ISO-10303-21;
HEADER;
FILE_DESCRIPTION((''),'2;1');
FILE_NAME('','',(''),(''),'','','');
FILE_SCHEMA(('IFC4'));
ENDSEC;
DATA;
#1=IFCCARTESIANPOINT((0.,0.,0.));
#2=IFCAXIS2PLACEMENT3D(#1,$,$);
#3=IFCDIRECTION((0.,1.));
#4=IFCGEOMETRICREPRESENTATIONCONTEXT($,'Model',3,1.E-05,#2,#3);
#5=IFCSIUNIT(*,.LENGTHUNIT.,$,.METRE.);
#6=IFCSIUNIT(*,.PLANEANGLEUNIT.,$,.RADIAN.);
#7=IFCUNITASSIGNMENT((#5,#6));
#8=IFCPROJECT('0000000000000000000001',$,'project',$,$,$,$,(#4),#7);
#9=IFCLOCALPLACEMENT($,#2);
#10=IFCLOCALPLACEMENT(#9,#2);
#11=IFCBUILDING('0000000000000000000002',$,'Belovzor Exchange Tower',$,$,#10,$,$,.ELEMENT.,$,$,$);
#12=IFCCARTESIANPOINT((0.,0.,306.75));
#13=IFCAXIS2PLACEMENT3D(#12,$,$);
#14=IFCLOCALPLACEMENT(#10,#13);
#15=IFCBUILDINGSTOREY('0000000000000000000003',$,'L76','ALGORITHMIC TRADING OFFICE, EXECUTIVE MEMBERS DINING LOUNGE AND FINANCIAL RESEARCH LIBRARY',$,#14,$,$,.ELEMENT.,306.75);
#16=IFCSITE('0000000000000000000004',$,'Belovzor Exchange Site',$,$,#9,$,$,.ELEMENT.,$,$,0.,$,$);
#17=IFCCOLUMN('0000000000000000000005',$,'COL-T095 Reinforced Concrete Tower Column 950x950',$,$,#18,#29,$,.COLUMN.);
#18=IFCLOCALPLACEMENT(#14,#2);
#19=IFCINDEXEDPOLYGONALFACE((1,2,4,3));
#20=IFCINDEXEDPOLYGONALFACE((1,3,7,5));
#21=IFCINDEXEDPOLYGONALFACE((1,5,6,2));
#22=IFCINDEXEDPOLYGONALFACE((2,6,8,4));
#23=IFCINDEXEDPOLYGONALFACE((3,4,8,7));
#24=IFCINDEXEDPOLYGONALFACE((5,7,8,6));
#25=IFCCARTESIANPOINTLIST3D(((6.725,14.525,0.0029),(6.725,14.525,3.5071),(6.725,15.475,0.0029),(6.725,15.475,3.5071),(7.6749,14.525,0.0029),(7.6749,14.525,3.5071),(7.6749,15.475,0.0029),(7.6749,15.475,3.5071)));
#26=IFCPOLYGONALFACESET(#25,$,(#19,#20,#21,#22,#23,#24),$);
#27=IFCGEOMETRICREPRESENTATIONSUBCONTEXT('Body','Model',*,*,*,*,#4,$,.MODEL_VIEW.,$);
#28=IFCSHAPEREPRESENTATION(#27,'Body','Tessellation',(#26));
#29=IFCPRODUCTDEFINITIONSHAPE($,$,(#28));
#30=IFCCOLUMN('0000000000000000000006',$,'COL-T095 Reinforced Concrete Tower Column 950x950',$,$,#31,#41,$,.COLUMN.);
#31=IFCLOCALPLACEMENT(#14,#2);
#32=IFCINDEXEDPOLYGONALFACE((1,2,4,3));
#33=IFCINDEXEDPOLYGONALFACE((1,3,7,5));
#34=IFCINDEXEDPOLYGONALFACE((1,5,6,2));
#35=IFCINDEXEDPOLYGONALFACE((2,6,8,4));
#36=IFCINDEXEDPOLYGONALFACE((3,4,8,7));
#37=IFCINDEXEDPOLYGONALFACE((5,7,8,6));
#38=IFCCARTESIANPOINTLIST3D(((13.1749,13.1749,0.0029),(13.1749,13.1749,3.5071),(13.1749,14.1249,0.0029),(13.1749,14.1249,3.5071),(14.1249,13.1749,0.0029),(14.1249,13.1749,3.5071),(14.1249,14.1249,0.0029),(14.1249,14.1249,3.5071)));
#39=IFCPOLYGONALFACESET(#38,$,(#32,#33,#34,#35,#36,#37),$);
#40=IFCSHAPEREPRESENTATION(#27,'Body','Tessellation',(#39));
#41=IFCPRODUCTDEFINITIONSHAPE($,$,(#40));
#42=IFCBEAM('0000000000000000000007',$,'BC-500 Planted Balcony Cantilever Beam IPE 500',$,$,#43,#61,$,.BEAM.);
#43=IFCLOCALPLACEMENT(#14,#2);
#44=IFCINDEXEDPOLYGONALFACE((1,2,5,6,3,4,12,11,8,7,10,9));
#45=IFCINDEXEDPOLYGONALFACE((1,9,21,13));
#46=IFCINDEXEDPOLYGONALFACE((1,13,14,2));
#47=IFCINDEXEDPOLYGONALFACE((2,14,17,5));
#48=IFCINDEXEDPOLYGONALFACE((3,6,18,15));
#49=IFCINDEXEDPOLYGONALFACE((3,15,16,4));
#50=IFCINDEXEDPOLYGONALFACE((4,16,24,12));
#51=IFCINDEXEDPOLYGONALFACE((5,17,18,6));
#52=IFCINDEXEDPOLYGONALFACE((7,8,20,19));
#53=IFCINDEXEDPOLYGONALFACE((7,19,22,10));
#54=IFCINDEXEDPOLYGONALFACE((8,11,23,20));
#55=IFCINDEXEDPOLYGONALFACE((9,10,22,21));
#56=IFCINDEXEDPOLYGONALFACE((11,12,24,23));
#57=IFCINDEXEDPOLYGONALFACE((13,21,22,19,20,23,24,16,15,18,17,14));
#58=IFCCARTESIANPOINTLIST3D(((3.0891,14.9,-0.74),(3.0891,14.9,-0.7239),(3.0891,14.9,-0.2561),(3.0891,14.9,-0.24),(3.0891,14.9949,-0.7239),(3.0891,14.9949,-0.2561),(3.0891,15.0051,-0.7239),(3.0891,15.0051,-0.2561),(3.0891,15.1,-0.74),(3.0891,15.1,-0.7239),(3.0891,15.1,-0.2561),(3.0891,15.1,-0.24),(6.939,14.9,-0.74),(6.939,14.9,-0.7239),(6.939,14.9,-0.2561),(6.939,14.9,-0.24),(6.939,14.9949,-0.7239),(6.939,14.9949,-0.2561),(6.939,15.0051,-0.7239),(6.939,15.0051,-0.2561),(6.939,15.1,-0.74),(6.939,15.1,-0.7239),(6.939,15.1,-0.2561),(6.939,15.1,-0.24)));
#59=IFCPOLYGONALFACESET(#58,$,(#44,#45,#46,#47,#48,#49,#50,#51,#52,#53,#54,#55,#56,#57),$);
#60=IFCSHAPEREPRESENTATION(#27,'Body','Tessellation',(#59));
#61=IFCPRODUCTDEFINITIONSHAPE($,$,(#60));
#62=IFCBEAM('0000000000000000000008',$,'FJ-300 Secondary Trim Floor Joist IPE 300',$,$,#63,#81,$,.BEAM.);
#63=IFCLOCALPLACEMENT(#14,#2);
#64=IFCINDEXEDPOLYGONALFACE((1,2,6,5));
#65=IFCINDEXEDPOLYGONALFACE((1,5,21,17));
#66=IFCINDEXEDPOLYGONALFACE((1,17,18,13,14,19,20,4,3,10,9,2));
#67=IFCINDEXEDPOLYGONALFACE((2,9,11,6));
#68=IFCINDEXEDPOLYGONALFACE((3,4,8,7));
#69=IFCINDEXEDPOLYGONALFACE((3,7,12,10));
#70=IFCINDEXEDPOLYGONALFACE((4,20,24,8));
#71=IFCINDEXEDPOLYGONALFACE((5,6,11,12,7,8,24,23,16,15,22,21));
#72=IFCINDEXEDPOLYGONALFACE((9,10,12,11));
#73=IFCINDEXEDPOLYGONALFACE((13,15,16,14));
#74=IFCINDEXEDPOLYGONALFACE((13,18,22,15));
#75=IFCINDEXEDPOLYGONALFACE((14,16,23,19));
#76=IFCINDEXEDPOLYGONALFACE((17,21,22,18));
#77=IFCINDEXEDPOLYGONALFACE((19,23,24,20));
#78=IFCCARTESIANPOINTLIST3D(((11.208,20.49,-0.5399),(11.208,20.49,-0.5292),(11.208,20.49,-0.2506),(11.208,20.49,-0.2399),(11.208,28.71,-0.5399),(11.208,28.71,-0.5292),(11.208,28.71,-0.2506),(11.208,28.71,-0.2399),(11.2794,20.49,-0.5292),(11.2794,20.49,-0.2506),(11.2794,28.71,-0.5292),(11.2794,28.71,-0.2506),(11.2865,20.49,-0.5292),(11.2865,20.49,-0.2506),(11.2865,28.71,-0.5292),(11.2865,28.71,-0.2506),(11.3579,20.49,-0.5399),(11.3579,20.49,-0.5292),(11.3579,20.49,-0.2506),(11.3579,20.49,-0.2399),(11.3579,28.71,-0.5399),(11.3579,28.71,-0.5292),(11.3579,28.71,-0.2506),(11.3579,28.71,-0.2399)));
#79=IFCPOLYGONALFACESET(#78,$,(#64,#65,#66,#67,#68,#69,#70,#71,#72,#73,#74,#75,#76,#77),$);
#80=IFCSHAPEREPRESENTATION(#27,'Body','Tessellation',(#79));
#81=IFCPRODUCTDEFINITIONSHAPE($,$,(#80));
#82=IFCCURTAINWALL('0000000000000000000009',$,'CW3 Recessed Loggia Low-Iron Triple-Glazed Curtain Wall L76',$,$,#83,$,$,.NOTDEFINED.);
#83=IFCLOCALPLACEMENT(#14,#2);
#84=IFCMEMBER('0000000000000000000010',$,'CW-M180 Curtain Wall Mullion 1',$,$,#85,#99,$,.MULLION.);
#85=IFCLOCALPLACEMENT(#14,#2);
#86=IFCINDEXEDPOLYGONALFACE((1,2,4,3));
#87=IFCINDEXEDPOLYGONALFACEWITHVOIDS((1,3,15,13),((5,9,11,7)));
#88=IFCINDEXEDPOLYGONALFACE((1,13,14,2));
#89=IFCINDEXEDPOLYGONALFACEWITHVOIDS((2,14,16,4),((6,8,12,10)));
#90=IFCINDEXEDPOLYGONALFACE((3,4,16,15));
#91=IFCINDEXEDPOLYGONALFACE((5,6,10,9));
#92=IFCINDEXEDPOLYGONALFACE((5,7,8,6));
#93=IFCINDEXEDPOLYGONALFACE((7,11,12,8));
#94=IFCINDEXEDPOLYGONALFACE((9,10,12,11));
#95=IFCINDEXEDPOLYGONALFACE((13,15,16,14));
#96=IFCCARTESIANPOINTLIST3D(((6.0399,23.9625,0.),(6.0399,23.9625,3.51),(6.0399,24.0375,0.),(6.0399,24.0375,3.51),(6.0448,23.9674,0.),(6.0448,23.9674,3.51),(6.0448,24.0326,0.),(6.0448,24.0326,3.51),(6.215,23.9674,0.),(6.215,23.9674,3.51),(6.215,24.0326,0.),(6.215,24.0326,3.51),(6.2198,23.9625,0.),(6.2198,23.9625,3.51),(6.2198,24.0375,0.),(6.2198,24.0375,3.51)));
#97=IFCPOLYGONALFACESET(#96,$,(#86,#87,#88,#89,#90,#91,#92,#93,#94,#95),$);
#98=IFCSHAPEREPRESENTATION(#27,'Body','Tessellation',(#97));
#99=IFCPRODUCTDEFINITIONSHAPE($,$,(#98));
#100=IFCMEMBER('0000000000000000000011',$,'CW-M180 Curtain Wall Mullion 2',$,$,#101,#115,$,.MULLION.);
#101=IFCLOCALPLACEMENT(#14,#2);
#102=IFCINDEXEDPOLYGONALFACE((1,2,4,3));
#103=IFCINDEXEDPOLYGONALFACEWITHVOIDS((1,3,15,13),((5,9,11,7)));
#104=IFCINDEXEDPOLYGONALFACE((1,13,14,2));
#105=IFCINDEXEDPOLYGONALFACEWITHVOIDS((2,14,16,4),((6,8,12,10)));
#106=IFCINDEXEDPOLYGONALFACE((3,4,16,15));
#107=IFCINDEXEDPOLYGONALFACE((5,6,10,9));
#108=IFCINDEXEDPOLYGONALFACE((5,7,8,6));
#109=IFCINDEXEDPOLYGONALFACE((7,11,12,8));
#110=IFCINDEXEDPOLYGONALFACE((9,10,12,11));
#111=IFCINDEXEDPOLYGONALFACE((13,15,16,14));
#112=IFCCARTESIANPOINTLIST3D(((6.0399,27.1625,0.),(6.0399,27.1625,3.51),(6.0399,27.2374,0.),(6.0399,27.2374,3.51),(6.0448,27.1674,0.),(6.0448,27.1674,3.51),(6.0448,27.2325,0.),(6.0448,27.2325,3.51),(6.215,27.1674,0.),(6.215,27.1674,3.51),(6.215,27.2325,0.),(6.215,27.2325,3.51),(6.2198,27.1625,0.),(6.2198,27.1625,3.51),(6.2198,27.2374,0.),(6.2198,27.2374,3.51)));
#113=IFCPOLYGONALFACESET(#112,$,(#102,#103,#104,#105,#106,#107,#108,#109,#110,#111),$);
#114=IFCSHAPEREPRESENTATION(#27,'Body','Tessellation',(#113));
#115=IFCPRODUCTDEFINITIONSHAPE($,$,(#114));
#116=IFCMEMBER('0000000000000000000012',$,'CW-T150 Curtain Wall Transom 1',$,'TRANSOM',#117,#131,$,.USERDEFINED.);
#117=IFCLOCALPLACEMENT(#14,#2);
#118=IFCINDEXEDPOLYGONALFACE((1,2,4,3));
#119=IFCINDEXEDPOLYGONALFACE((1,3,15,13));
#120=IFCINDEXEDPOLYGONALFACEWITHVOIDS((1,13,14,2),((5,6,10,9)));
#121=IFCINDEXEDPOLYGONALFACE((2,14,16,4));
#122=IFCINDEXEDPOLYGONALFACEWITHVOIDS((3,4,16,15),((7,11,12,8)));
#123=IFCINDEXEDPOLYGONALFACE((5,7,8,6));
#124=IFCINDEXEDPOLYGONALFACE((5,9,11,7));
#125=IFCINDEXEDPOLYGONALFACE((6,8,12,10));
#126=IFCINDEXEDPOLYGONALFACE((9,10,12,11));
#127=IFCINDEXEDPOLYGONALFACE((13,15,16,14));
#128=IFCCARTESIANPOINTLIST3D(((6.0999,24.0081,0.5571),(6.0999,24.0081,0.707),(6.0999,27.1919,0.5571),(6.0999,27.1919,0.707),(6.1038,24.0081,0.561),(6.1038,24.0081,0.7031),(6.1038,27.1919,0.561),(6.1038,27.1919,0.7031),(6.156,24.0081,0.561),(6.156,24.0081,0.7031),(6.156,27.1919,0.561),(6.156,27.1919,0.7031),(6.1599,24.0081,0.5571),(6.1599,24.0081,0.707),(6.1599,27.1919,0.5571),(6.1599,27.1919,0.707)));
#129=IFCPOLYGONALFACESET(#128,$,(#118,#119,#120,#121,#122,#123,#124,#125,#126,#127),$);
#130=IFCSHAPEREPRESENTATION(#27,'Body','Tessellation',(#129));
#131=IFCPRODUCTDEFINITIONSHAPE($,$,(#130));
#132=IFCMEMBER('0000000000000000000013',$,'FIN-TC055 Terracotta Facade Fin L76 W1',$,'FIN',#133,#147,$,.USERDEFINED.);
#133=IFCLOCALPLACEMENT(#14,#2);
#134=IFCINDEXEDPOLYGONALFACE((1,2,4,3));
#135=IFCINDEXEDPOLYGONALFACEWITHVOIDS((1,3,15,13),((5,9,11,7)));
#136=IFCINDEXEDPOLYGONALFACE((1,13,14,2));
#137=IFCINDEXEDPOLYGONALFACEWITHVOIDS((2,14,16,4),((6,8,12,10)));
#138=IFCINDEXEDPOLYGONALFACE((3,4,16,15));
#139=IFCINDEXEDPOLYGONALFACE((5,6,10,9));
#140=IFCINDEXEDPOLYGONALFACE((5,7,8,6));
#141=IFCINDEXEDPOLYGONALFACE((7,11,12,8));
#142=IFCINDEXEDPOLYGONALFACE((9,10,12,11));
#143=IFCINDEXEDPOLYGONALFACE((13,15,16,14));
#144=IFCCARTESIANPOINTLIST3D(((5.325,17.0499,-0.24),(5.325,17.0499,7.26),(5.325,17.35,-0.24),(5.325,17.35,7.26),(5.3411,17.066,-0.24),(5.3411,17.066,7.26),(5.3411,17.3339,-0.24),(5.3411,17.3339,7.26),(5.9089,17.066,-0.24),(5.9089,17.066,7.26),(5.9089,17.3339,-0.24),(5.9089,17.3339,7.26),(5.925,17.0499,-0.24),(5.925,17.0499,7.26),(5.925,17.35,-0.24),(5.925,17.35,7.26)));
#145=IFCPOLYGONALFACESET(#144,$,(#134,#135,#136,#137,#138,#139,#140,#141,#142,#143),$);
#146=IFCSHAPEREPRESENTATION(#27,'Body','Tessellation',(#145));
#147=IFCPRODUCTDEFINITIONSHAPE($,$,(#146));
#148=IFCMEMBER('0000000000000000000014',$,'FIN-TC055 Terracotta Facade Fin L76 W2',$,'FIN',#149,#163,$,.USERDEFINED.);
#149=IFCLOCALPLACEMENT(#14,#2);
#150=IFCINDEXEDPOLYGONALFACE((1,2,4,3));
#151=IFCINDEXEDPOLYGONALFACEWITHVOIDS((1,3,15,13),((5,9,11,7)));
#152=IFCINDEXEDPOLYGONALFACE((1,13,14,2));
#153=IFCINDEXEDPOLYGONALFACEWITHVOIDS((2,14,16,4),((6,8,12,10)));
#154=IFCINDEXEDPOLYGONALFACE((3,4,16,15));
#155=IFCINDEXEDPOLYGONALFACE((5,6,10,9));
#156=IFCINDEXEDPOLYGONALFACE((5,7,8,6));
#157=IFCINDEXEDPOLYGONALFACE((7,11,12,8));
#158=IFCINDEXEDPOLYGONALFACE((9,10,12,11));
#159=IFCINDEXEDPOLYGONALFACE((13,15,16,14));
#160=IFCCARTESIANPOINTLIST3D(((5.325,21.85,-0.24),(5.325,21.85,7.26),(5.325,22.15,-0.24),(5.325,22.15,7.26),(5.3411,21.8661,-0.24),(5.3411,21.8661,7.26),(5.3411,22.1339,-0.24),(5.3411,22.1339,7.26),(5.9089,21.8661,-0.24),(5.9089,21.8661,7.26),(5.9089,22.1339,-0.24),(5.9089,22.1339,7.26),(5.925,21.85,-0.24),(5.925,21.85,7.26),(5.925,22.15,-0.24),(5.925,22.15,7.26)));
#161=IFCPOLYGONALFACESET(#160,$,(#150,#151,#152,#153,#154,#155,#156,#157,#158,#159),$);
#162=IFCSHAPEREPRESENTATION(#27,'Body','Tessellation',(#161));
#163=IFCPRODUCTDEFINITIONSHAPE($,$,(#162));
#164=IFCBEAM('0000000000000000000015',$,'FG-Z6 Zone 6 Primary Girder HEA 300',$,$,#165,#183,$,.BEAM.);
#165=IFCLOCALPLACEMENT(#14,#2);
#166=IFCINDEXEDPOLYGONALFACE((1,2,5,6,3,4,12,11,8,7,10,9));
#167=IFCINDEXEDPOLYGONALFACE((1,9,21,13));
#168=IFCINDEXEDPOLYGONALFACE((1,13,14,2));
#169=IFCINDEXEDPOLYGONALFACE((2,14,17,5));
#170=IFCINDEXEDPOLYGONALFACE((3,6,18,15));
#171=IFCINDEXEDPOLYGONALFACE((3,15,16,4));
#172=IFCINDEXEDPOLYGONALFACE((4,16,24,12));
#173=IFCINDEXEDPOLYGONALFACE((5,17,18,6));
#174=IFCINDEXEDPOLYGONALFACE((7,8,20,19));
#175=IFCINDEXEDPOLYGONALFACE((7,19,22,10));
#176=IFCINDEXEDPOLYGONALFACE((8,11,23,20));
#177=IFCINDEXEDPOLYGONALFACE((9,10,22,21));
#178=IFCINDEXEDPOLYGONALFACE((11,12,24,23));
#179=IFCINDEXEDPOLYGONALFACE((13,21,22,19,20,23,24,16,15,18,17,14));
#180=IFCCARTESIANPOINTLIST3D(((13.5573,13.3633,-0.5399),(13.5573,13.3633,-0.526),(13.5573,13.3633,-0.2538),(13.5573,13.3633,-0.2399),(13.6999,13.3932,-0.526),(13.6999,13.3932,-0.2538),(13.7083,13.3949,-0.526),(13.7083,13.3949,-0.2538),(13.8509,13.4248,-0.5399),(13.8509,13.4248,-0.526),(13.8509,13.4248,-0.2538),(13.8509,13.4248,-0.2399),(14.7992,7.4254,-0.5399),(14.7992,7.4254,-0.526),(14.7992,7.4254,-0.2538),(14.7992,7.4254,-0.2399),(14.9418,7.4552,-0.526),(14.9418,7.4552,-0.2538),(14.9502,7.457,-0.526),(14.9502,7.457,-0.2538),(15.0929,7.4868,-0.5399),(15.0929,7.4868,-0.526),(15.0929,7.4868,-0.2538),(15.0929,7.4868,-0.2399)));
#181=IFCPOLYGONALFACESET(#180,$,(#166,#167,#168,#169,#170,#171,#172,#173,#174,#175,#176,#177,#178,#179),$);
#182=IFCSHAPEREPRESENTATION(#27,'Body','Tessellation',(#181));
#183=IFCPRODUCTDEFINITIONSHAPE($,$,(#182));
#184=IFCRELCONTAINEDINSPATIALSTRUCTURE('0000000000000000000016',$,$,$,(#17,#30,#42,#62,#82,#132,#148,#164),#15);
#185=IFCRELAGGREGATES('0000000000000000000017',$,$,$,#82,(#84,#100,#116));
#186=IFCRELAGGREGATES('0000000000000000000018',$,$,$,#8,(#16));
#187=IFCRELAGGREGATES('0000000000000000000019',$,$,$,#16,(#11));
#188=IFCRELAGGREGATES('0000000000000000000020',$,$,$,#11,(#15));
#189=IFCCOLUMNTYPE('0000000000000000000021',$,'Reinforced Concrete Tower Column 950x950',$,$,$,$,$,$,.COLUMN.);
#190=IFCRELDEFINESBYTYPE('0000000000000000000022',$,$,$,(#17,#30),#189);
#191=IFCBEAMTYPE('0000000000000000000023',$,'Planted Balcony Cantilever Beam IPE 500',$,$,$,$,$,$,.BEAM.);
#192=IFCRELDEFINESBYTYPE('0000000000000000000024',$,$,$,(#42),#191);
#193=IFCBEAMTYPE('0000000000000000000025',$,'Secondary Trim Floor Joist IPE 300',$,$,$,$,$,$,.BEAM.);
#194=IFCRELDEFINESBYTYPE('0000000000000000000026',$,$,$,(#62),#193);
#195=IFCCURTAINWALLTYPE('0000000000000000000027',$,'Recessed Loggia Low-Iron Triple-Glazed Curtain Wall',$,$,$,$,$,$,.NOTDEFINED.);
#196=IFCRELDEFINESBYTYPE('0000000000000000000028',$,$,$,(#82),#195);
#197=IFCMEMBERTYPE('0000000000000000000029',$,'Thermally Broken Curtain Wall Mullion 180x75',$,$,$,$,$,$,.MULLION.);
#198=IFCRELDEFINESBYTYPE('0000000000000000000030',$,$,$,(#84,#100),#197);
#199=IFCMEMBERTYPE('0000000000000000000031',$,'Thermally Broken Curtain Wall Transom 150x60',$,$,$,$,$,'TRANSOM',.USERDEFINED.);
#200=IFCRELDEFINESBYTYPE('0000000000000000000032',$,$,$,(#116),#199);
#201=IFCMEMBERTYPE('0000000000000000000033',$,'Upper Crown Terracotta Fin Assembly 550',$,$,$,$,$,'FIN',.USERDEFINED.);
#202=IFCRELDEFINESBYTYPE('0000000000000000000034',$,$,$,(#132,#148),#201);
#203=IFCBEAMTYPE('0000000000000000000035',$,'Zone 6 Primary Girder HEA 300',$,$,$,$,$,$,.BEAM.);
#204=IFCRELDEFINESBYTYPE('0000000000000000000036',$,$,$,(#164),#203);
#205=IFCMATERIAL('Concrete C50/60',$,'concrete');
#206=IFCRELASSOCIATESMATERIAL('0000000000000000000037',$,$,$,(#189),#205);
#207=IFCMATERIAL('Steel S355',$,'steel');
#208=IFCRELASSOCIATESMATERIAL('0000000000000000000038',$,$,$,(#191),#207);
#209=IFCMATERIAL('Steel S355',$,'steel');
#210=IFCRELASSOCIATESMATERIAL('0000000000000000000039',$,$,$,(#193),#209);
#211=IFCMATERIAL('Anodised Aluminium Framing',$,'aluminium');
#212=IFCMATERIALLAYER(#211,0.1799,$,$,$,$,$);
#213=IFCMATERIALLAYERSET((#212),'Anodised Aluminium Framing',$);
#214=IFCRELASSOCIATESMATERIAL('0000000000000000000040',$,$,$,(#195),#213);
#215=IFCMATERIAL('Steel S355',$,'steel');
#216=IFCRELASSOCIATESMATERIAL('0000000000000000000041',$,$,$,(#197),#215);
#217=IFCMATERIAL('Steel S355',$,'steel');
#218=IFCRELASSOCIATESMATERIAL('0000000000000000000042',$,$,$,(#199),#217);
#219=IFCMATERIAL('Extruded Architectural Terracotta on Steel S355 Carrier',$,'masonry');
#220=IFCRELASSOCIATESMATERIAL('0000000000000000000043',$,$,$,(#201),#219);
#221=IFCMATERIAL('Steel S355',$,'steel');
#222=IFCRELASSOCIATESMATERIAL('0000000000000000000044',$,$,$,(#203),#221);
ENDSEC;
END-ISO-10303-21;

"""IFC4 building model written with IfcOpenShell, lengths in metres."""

from ifc_helpers import new_model, si_unit, direction, frame, origin, origin_2d, place, context, subcontext, project, spatial, rectangle, hollow_rectangle, i_section, extrude, material, layer, layer_set, material_profile, profile_set, type_object, element, aggregate, save


model = new_model("IFC4")

# Units and contexts
model_context = context("Model", 3, precision=1e-05, world=origin(), true_north=direction((0.0, 1.0)))
body_context = subcontext(model_context, "Body", "Model", "MODEL_VIEW")
ifc_project = project(units=[si_unit("LENGTHUNIT", "METRE"), si_unit("PLANEANGLEUNIT", "RADIAN")], contexts=[model_context])

# Site, building, storey
site_placement = place(None, origin())
site = spatial("IfcSite", under=ifc_project, at=site_placement, Name="Belovzor Exchange Site", CompositionType="ELEMENT", RefElevation=0.0)
building_placement = place(site_placement, origin())
building = spatial("IfcBuilding", under=site, at=building_placement, Name="Belovzor Exchange Tower", CompositionType="ELEMENT")
storey_placement = place(building_placement, frame((0.0, 0.0, 306.75)))
storey = spatial("IfcBuildingStorey", under=building, at=storey_placement, Name="L76", Description="ALGORITHMIC TRADING OFFICE, EXECUTIVE MEMBERS DINING LOUNGE AND FINANCIAL RESEARCH LIBRARY", CompositionType="ELEMENT", Elevation=306.75)

# Columns
ifc_material_1 = material(Name="Concrete C50/60", Category="concrete")
ifc_material_profile_1 = material_profile(ifc_material_1, rectangle(XDim=0.95, YDim=0.95, at=origin_2d()))
ifc_profile_set_1 = profile_set([ifc_material_profile_1], Name="Concrete C50/60")
column_type = type_object("IfcColumnType", Name="Reinforced Concrete Tower Column 950x950", PredefinedType="COLUMN", material=ifc_profile_set_1)
for number, where, z_axis, x_axis, name in (
    (1, (7.2, 15.0, 0.0029), (0.0, 0.0, 1.0), (1.0, 0.0, 0.0), "COL-T095 Reinforced Concrete Tower Column 950x950"),
    (2, (13.6499, 13.6499, 0.0029), (0.0, 0.0, 1.0), (1.0, 0.0, 0.0), "COL-T095 Reinforced Concrete Tower Column 950x950"),
):
    element("IfcColumn", number, at=place(storey_placement, frame(where, z_axis=z_axis, x_axis=x_axis)), inside=storey, type_object=column_type, Name=name, PredefinedType="COLUMN", context=body_context, shape_type="SweptSolid", body=[
        extrude(rectangle(XDim=0.95, YDim=0.95, at=origin_2d()), origin(), (0.0, 0.0, 1.0), 3.5042),
    ])

# Beams
ifc_material_2 = material(Name="Steel S355", Category="steel")
ifc_material_profile_2 = material_profile(ifc_material_2, i_section(OverallWidth=0.2, OverallDepth=0.5, WebThickness=0.0103, FlangeThickness=0.0161, at=origin_2d()))
ifc_profile_set_2 = profile_set([ifc_material_profile_2], Name="Steel S355")
beam_type_1 = type_object("IfcBeamType", Name="Planted Balcony Cantilever Beam IPE 500", PredefinedType="BEAM", material=ifc_profile_set_2)
beam_1_placement = place(storey_placement, frame((6.939, 15.0, -0.49), z_axis=(-1.0, 0.0, 0.0), x_axis=(0.0, -1.0, 0.0)))
element("IfcBeam", 3, at=beam_1_placement, inside=storey, type_object=beam_type_1, Name="BC-500 Planted Balcony Cantilever Beam IPE 500", PredefinedType="BEAM", context=body_context, shape_type="SweptSolid", body=[
    extrude(i_section(OverallWidth=0.2, OverallDepth=0.5, WebThickness=0.0103, FlangeThickness=0.0161, at=origin_2d()), origin(), (0.0, 0.0, 1.0), 3.8499),
])
ifc_material_3 = material(Name="Steel S355", Category="steel")
ifc_material_profile_3 = material_profile(ifc_material_3, i_section(OverallWidth=0.1499, OverallDepth=0.3, WebThickness=0.0071, FlangeThickness=0.0107, at=origin_2d()))
ifc_profile_set_3 = profile_set([ifc_material_profile_3], Name="Steel S355")
beam_type_2 = type_object("IfcBeamType", Name="Secondary Trim Floor Joist IPE 300", PredefinedType="BEAM", material=ifc_profile_set_3)
beam_2_placement = place(storey_placement, frame((11.283, 20.49, -0.3899), z_axis=(0.0, 1.0, 0.0), x_axis=(-1.0, 0.0, 0.0)))
element("IfcBeam", 4, at=beam_2_placement, inside=storey, type_object=beam_type_2, Name="FJ-300 Secondary Trim Floor Joist IPE 300", PredefinedType="BEAM", context=body_context, shape_type="SweptSolid", body=[
    extrude(i_section(OverallWidth=0.1499, OverallDepth=0.3, WebThickness=0.0071, FlangeThickness=0.0107, at=origin_2d()), origin(), (0.0, 0.0, 1.0), 8.22),
])

# Curtain wall, members
ifc_material_4 = material(Name="Anodised Aluminium Framing", Category="aluminium")
ifc_layer_1 = layer(ifc_material_4, 0.1799)
ifc_layer_set_1 = layer_set([ifc_layer_1], Name="Anodised Aluminium Framing")
curtain_wall_type = type_object("IfcCurtainWallType", Name="Recessed Loggia Low-Iron Triple-Glazed Curtain Wall", PredefinedType="NOTDEFINED", material=ifc_layer_set_1)
curtain_wall_placement = place(storey_placement, origin())
curtain_wall = element("IfcCurtainWall", 5, at=curtain_wall_placement, inside=storey, type_object=curtain_wall_type, Name="CW3 Recessed Loggia Low-Iron Triple-Glazed Curtain Wall L76", PredefinedType="NOTDEFINED")
ifc_material_5 = material(Name="Steel S355", Category="steel")
ifc_material_profile_4 = material_profile(ifc_material_5, hollow_rectangle(XDim=0.075, YDim=0.1799, WallThickness=0.0049, at=origin_2d()))
ifc_profile_set_4 = profile_set([ifc_material_profile_4], Name="Steel S355")
member_type_1 = type_object("IfcMemberType", Name="Thermally Broken Curtain Wall Mullion 180x75", PredefinedType="MULLION", material=ifc_profile_set_4)
member_1_placement = place(storey_placement, frame((6.1299, 24.0, 0.0), z_axis=(0.0, 0.0, 1.0), x_axis=(0.0, 1.0, 0.0)))
member_1 = element("IfcMember", 6, at=member_1_placement, type_object=member_type_1, Name="CW-M180 Curtain Wall Mullion 1", PredefinedType="MULLION", context=body_context, shape_type="SweptSolid", body=[
    extrude(hollow_rectangle(XDim=0.075, YDim=0.1799, WallThickness=0.0049, at=origin_2d()), origin(), (0.0, 0.0, 1.0), 3.51),
])
member_2_placement = place(storey_placement, frame((6.1299, 27.2, 0.0), z_axis=(0.0, 0.0, 1.0), x_axis=(0.0, 1.0, 0.0)))
member_2 = element("IfcMember", 7, at=member_2_placement, type_object=member_type_1, Name="CW-M180 Curtain Wall Mullion 2", PredefinedType="MULLION", context=body_context, shape_type="SweptSolid", body=[
    extrude(hollow_rectangle(XDim=0.075, YDim=0.1799, WallThickness=0.0049, at=origin_2d()), origin(), (0.0, 0.0, 1.0), 3.51),
])
ifc_material_6 = material(Name="Steel S355", Category="steel")
ifc_material_profile_5 = material_profile(ifc_material_6, hollow_rectangle(XDim=0.0601, YDim=0.1499, WallThickness=0.0039, at=origin_2d()))
ifc_profile_set_5 = profile_set([ifc_material_profile_5], Name="Steel S355")
member_type_2 = type_object("IfcMemberType", Name="Thermally Broken Curtain Wall Transom 150x60", ElementType="TRANSOM", PredefinedType="USERDEFINED", material=ifc_profile_set_5)
member_3_placement = place(storey_placement, frame((6.1299, 24.0081, 0.6321), z_axis=(0.0, 1.0, 0.0), x_axis=(-1.0, 0.0, 0.0)))
member_3 = element("IfcMember", 8, at=member_3_placement, type_object=member_type_2, Name="CW-T150 Curtain Wall Transom 1", ObjectType="TRANSOM", PredefinedType="USERDEFINED", context=body_context, shape_type="SweptSolid", body=[
    extrude(hollow_rectangle(XDim=0.0601, YDim=0.1499, WallThickness=0.0039, at=origin_2d()), origin(), (0.0, 0.0, 1.0), 3.1838),
])

# Members
ifc_material_7 = material(Name="Extruded Architectural Terracotta on Steel S355 Carrier", Category="masonry")
ifc_material_profile_6 = material_profile(ifc_material_7, hollow_rectangle(XDim=0.3, YDim=0.6001, WallThickness=0.0161, at=origin_2d()))
ifc_profile_set_6 = profile_set([ifc_material_profile_6], Name="Extruded Architectural Terracotta on Steel S355 Carrier")
member_type_3 = type_object("IfcMemberType", Name="Upper Crown Terracotta Fin Assembly 550", ElementType="FIN", PredefinedType="USERDEFINED", material=ifc_profile_set_6)
for number, where, z_axis, x_axis, name in (
    (9, (5.625, 17.2, -0.24), (0.0, 0.0, 1.0), (0.0, 1.0, 0.0), "FIN-TC055 Terracotta Facade Fin L76 W1"),
    (10, (5.625, 22.0, -0.24), (0.0, 0.0, 1.0), (0.0, 1.0, 0.0), "FIN-TC055 Terracotta Facade Fin L76 W2"),
):
    element("IfcMember", number, at=place(storey_placement, frame(where, z_axis=z_axis, x_axis=x_axis)), inside=storey, type_object=member_type_3, Name=name, ObjectType="FIN", PredefinedType="USERDEFINED", context=body_context, shape_type="SweptSolid", body=[
        extrude(hollow_rectangle(XDim=0.3, YDim=0.6001, WallThickness=0.0161, at=origin_2d()), origin(), (0.0, 0.0, 1.0), 7.5),
    ])

# Beam
ifc_material_8 = material(Name="Steel S355", Category="steel")
ifc_material_profile_7 = material_profile(ifc_material_8, i_section(OverallWidth=0.3, OverallDepth=0.3, WebThickness=0.0085, FlangeThickness=0.0139, at=origin_2d()))
ifc_profile_set_7 = profile_set([ifc_material_profile_7], Name="Steel S355")
beam_type_3 = type_object("IfcBeamType", Name="Zone 6 Primary Girder HEA 300", PredefinedType="BEAM", material=ifc_profile_set_7)
for number, where, z_axis, x_axis, name in (
    (11, (13.7041, 13.394, -0.3899), (0.204722, -0.97882, 0.0), (0.97882, 0.204722, 0.0), "FG-Z6 Zone 6 Primary Girder HEA 300"),
):
    element("IfcBeam", number, at=place(storey_placement, frame(where, z_axis=z_axis, x_axis=x_axis)), inside=storey, type_object=beam_type_3, Name=name, PredefinedType="BEAM", context=body_context, shape_type="SweptSolid", body=[
        extrude(i_section(OverallWidth=0.3, OverallDepth=0.3, WebThickness=0.0085, FlangeThickness=0.0139, at=origin_2d()), origin(), (0.0, 0.0, 1.0), 6.0664),
    ])

aggregate(curtain_wall, [member_1, member_2, member_3])

save(model, "model.ifc")
